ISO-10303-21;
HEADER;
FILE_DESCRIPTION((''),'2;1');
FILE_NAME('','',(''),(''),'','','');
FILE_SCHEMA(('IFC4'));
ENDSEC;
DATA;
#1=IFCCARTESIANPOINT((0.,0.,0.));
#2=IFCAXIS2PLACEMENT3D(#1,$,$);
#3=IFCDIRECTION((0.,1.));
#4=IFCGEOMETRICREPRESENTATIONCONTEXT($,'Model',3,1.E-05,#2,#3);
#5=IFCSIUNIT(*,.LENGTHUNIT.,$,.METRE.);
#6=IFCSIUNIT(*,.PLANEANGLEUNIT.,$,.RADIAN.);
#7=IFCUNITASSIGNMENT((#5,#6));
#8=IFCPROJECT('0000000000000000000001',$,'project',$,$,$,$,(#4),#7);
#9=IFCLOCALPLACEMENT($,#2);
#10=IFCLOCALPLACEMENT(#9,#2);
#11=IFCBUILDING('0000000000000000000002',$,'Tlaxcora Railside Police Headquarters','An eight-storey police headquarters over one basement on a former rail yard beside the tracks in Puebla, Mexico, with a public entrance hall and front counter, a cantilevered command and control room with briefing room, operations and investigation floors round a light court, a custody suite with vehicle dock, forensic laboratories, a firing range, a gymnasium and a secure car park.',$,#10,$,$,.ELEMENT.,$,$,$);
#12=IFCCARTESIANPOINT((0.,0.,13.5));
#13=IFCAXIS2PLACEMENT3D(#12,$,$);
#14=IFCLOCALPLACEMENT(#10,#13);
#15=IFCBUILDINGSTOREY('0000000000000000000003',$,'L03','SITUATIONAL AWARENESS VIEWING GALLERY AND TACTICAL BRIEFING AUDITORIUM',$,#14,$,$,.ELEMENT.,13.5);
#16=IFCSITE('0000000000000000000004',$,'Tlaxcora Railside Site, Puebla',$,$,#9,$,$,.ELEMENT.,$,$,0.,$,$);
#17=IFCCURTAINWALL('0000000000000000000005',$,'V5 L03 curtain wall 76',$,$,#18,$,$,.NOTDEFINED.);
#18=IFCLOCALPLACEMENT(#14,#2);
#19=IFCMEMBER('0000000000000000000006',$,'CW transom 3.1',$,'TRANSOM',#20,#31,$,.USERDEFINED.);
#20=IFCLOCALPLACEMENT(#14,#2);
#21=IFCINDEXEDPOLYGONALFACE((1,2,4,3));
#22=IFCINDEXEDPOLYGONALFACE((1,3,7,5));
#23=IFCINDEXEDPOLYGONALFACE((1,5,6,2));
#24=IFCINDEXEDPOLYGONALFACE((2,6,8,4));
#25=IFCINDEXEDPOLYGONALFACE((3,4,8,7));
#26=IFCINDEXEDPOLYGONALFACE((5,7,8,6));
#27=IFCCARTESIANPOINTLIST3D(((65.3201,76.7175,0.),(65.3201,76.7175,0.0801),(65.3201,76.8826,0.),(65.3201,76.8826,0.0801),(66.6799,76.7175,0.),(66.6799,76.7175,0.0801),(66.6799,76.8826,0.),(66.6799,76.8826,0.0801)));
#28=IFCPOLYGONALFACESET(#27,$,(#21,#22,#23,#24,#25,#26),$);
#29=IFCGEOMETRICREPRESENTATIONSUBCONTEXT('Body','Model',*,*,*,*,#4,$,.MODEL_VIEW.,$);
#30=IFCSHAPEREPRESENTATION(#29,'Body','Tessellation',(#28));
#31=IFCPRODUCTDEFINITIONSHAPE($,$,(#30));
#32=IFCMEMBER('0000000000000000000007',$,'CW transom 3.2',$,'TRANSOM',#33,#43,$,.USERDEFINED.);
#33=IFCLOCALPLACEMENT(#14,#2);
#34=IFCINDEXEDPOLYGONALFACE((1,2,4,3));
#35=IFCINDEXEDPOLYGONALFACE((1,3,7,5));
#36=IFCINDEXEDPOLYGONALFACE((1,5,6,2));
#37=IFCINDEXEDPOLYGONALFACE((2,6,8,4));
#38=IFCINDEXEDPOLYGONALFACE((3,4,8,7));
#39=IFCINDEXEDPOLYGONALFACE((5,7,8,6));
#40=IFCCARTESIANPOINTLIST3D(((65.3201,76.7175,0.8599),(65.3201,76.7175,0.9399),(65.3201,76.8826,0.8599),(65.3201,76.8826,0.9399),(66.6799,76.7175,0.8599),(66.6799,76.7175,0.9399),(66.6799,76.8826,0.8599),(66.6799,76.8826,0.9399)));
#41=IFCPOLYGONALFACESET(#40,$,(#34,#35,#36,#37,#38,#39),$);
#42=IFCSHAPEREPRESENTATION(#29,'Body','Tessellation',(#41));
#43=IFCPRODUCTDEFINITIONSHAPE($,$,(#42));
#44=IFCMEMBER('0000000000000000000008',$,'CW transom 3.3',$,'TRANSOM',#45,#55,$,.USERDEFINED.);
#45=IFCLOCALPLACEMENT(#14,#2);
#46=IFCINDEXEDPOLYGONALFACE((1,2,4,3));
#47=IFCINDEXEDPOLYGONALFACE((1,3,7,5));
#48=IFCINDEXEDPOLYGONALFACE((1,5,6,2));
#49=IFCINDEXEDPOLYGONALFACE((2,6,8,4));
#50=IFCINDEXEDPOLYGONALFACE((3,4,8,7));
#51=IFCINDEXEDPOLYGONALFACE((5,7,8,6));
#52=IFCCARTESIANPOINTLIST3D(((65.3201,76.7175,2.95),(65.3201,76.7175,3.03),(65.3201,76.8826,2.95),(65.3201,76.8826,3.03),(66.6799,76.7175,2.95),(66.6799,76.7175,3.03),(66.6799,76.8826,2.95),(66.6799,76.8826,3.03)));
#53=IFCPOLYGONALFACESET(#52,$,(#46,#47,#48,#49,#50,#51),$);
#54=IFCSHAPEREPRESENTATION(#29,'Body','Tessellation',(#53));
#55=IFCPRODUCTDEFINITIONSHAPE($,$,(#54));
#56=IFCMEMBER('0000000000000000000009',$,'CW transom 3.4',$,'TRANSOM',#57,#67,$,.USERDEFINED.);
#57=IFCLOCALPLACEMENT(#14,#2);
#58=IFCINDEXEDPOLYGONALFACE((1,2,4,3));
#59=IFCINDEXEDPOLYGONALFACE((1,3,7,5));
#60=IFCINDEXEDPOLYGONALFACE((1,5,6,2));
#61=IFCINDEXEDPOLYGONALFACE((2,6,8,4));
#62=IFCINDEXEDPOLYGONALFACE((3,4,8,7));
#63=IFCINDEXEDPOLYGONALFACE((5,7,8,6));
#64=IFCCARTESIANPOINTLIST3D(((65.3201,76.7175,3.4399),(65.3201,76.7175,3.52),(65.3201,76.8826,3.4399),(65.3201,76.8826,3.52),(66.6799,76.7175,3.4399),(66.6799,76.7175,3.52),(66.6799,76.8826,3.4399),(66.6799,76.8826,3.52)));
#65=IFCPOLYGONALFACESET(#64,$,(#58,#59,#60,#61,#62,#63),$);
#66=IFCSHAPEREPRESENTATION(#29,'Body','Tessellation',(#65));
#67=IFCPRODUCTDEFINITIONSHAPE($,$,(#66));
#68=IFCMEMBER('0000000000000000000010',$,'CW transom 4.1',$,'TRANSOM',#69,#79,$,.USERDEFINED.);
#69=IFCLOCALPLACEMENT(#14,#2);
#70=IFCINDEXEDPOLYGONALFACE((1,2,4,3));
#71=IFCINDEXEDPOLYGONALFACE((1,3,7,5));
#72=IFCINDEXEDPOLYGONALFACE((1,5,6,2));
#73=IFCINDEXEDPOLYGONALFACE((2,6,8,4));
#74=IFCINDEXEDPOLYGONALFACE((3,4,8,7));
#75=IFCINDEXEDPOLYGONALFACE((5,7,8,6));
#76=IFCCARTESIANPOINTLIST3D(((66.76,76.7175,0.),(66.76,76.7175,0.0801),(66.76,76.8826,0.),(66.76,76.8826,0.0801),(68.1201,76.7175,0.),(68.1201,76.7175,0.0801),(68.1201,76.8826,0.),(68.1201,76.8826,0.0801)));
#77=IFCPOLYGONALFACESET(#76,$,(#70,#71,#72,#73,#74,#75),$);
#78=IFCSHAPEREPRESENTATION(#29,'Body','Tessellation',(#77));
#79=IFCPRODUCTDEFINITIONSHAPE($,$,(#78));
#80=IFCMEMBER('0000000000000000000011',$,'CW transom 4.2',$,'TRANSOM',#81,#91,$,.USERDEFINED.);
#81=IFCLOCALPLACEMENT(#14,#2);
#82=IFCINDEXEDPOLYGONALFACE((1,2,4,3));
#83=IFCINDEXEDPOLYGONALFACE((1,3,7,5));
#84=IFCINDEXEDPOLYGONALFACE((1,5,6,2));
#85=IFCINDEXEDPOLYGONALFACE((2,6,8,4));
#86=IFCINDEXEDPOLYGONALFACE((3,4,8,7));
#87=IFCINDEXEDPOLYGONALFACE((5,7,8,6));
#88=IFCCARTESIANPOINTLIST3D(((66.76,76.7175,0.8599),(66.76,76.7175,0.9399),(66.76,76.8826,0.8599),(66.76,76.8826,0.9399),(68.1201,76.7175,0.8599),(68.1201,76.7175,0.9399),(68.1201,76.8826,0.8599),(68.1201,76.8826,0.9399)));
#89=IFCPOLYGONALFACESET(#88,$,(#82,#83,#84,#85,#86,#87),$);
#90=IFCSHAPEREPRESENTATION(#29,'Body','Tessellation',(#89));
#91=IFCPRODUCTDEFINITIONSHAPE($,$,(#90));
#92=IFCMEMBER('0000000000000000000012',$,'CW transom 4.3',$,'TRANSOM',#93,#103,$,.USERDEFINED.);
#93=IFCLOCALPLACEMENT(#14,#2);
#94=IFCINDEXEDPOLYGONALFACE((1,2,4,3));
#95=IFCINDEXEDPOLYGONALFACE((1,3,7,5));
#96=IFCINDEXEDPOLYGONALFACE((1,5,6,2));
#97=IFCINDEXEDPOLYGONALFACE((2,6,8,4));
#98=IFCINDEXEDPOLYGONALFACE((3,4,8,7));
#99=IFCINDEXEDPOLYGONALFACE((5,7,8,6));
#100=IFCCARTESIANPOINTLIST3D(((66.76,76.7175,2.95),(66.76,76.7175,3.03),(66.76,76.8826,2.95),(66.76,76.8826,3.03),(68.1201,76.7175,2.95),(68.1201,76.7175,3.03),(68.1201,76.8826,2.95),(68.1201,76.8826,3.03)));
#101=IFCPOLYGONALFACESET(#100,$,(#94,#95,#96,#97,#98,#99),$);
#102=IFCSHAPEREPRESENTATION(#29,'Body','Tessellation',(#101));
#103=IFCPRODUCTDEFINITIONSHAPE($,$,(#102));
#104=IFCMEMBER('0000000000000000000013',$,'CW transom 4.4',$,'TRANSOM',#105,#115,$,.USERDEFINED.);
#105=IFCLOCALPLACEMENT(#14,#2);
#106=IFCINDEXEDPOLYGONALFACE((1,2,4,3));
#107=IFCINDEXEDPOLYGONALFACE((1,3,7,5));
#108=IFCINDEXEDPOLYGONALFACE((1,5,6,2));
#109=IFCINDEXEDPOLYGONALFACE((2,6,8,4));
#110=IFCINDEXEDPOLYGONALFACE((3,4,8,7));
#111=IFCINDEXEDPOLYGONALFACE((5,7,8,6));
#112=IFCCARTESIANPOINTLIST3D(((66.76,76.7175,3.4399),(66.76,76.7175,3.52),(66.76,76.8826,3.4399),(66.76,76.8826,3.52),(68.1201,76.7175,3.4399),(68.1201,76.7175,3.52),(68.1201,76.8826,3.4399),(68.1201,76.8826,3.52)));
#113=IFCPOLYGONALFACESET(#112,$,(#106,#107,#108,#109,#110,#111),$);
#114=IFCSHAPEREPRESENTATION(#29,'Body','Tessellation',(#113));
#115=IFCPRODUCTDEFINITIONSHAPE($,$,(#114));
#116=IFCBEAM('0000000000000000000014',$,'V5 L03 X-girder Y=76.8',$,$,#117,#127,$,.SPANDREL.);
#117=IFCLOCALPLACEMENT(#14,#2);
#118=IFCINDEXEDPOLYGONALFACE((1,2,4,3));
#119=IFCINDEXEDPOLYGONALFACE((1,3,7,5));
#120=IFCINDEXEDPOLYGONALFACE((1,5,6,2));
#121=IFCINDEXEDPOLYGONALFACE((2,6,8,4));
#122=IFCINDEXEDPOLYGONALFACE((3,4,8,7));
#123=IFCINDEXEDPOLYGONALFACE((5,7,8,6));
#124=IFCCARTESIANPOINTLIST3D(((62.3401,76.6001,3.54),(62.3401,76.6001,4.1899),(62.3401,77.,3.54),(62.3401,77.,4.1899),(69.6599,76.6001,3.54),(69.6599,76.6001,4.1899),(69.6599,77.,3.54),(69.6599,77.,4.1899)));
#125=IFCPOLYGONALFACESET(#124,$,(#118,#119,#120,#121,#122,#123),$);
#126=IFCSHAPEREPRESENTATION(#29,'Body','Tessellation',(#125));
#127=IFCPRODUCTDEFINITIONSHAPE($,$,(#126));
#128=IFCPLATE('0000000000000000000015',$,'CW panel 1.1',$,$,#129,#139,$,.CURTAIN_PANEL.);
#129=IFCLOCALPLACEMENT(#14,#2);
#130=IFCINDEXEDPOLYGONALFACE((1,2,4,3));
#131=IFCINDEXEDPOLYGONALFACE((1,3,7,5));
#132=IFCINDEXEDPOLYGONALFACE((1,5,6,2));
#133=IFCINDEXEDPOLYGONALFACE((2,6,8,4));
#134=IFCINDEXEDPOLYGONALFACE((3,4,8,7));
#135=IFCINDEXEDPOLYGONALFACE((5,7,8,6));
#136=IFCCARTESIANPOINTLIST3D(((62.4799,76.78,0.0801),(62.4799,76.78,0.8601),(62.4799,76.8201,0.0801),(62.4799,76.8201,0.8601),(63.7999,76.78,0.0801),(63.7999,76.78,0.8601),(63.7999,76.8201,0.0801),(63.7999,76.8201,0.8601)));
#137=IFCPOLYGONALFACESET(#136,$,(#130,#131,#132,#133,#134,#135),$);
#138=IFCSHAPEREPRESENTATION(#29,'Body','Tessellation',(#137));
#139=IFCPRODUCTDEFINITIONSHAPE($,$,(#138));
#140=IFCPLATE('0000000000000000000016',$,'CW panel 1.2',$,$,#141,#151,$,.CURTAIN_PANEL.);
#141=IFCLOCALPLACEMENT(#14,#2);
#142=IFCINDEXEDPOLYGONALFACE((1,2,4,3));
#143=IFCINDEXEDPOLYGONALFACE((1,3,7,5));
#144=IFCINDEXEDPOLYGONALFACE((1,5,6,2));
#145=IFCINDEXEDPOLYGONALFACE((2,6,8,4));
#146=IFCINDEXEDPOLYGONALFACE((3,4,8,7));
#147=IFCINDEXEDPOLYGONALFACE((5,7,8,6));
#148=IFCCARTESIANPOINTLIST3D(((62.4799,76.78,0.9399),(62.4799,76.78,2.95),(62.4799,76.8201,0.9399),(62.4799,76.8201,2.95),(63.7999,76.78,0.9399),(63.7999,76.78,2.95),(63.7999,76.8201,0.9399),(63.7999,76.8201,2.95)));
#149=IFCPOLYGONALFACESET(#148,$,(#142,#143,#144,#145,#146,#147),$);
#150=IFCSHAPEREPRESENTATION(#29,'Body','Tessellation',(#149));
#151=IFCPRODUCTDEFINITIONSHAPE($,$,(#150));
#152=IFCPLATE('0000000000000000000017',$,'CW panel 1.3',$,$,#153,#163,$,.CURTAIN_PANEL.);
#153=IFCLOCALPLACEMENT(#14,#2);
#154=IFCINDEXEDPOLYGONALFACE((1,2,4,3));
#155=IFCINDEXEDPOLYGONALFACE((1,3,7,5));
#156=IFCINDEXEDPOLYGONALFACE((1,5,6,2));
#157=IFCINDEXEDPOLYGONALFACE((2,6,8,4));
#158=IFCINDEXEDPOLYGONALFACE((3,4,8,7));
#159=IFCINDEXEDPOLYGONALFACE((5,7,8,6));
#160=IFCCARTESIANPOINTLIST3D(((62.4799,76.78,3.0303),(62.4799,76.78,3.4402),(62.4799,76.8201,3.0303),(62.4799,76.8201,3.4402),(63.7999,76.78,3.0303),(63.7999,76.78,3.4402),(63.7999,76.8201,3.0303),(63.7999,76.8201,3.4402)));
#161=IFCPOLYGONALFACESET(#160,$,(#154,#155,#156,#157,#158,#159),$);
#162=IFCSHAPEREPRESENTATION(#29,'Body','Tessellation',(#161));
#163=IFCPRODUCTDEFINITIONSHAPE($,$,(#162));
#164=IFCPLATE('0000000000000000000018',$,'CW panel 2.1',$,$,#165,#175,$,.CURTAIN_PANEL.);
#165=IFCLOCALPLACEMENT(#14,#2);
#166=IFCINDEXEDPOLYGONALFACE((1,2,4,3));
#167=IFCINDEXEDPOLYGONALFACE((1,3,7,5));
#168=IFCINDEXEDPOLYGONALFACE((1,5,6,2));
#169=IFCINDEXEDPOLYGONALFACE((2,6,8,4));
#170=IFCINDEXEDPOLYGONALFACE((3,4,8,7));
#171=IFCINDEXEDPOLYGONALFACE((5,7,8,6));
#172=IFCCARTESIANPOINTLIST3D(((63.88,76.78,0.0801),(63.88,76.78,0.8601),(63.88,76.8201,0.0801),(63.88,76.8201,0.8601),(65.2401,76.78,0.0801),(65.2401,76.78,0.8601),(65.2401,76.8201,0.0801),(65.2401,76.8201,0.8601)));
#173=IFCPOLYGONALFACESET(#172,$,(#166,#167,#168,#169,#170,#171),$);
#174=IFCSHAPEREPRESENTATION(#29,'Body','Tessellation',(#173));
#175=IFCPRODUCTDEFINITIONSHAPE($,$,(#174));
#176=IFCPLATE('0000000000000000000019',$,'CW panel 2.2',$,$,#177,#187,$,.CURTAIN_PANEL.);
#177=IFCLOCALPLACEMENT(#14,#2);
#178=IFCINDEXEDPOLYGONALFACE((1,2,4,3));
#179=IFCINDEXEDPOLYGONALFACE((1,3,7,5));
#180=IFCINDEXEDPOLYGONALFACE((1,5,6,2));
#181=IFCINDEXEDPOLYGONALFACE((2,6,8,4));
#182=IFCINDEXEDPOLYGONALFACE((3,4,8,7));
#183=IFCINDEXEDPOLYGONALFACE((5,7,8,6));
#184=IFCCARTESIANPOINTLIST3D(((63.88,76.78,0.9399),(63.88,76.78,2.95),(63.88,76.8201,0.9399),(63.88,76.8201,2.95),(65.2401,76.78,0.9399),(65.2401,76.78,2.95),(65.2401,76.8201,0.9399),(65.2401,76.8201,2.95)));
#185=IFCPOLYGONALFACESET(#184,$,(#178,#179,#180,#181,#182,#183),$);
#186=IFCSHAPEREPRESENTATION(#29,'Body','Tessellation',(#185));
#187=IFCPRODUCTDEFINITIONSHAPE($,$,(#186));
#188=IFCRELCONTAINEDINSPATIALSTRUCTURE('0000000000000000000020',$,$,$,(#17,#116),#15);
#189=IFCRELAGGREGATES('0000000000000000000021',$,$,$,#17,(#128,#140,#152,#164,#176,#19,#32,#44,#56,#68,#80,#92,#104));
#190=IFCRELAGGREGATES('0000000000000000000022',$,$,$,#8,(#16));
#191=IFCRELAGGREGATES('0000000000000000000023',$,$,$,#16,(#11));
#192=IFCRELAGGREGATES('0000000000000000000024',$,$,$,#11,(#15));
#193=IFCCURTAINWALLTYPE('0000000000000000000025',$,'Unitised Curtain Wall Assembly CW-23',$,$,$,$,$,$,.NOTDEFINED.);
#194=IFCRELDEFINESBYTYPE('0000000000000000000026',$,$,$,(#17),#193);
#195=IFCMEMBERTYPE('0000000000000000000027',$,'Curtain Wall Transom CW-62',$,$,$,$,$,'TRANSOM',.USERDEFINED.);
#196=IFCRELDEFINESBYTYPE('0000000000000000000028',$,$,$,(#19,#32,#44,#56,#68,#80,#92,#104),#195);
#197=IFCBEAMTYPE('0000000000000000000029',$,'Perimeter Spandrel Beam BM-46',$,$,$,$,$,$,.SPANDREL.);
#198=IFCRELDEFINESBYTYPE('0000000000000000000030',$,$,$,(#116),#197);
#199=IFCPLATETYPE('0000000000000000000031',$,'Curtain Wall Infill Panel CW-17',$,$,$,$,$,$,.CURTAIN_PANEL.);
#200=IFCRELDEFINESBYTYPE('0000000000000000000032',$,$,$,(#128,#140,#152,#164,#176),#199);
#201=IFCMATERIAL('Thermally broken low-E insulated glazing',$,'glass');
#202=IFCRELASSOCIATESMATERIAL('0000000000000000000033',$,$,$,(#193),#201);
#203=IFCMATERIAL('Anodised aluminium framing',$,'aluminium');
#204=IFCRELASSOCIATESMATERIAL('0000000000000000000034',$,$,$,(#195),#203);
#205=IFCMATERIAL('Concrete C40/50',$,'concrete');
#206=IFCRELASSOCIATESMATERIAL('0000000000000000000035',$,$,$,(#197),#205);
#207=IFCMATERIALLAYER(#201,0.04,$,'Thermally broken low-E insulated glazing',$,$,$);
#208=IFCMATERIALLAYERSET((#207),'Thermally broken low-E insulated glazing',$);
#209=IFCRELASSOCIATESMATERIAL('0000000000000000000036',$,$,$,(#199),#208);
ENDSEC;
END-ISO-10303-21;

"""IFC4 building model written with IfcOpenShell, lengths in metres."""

from ifc_helpers import new_model, si_unit, direction, frame, origin, origin_2d, place, context, subcontext, project, spatial, rectangle, extrude, material, layer, layer_set, material_profile, profile_set, type_object, element, aggregate, save


model = new_model("IFC4")

# Units and contexts
model_context = context("Model", 3, precision=1e-05, world=origin(), true_north=direction((0.0, 1.0)))
body_context = subcontext(model_context, "Body", "Model", "MODEL_VIEW")
ifc_project = project(units=[si_unit("LENGTHUNIT", "METRE"), si_unit("PLANEANGLEUNIT", "RADIAN")], contexts=[model_context])

# Site, building, storey
site_placement = place(None, origin())
site = spatial("IfcSite", under=ifc_project, at=site_placement, Name="Tlaxcora Railside Site, Puebla", CompositionType="ELEMENT", RefElevation=0.0)
building_placement = place(site_placement, origin())
building = spatial("IfcBuilding", under=site, at=building_placement, Name="Tlaxcora Railside Police Headquarters", Description="An eight-storey police headquarters over one basement on a former rail yard beside the tracks in Puebla, Mexico, with a public entrance hall and front counter, a cantilevered command and control room with briefing room, operations and investigation floors round a light court, a custody suite with vehicle dock, forensic laboratories, a firing range, a gymnasium and a secure car park.", CompositionType="ELEMENT")
storey_placement = place(building_placement, frame((0.0, 0.0, 13.5)))
storey = spatial("IfcBuildingStorey", under=building, at=storey_placement, Name="L03", Description="SITUATIONAL AWARENESS VIEWING GALLERY AND TACTICAL BRIEFING AUDITORIUM", CompositionType="ELEMENT", Elevation=13.5)

# Shared definitions
ifc_material_1 = material(Name="Concrete C40/50", Category="concrete")

# Curtain wall
ifc_material_2 = material(Name="Thermally broken low-E insulated glazing", Category="glass")
curtain_wall_type_1 = type_object("IfcCurtainWallType", Name="Unitised Curtain Wall Assembly CW-23", PredefinedType="NOTDEFINED", material=ifc_material_2)
curtain_wall_1_placement = place(storey_placement, origin())
curtain_wall_1 = element("IfcCurtainWall", 1, at=curtain_wall_1_placement, inside=storey, type_object=curtain_wall_type_1, Name="V5 L03 curtain wall 76", PredefinedType="NOTDEFINED")
ifc_material_3 = material(Name="Anodised aluminium framing", Category="aluminium")

# Members
ifc_material_profile_1 = material_profile(ifc_material_3, rectangle(XDim=0.165, YDim=0.0801, at=origin_2d()), Name="AL80X165")
ifc_profile_set_1 = profile_set([ifc_material_profile_1], Name="Anodised aluminium framing")
member_type_1 = type_object("IfcMemberType", Name="Curtain Wall Transom CW-62", ElementType="TRANSOM", PredefinedType="USERDEFINED", material=ifc_profile_set_1)
member_1_placement = place(storey_placement, frame((65.3201, 76.8, 0.04), z_axis=(1.0, 0.0, 0.0), x_axis=(0.0, 1.0, 0.0)))
member_1 = element("IfcMember", 2, at=member_1_placement, type_object=member_type_1, Name="CW transom 3.1", ObjectType="TRANSOM", PredefinedType="USERDEFINED", context=body_context, shape_type="SweptSolid", body=[
    extrude(rectangle(XDim=0.165, YDim=0.0801, at=origin_2d()), origin(), (0.0, 0.0, 1.0), 1.3599),
])
member_2_placement = place(storey_placement, frame((65.3201, 76.8, 0.8999), z_axis=(1.0, 0.0, 0.0), x_axis=(0.0, 1.0, 0.0)))
member_2 = element("IfcMember", 3, at=member_2_placement, type_object=member_type_1, Name="CW transom 3.2", ObjectType="TRANSOM", PredefinedType="USERDEFINED", context=body_context, shape_type="SweptSolid", body=[
    extrude(rectangle(XDim=0.165, YDim=0.0801, at=origin_2d()), origin(), (0.0, 0.0, 1.0), 1.3599),
])
member_3_placement = place(storey_placement, frame((65.3201, 76.8, 2.99), z_axis=(1.0, 0.0, 0.0), x_axis=(0.0, 1.0, 0.0)))
member_3 = element("IfcMember", 4, at=member_3_placement, type_object=member_type_1, Name="CW transom 3.3", ObjectType="TRANSOM", PredefinedType="USERDEFINED", context=body_context, shape_type="SweptSolid", body=[
    extrude(rectangle(XDim=0.165, YDim=0.0801, at=origin_2d()), origin(), (0.0, 0.0, 1.0), 1.3599),
])
member_4_placement = place(storey_placement, frame((65.3201, 76.8, 3.48), z_axis=(1.0, 0.0, 0.0), x_axis=(0.0, 1.0, 0.0)))
member_4 = element("IfcMember", 5, at=member_4_placement, type_object=member_type_1, Name="CW transom 3.4", ObjectType="TRANSOM", PredefinedType="USERDEFINED", context=body_context, shape_type="SweptSolid", body=[
    extrude(rectangle(XDim=0.165, YDim=0.0801, at=origin_2d()), origin(), (0.0, 0.0, 1.0), 1.3599),
])
member_5_placement = place(storey_placement, frame((66.76, 76.8, 0.04), z_axis=(1.0, 0.0, 0.0), x_axis=(0.0, 1.0, 0.0)))
member_5 = element("IfcMember", 6, at=member_5_placement, type_object=member_type_1, Name="CW transom 4.1", ObjectType="TRANSOM", PredefinedType="USERDEFINED", context=body_context, shape_type="SweptSolid", body=[
    extrude(rectangle(XDim=0.165, YDim=0.0801, at=origin_2d()), origin(), (0.0, 0.0, 1.0), 1.3601),
])
member_6_placement = place(storey_placement, frame((66.76, 76.8, 0.8999), z_axis=(1.0, 0.0, 0.0), x_axis=(0.0, 1.0, 0.0)))
member_6 = element("IfcMember", 7, at=member_6_placement, type_object=member_type_1, Name="CW transom 4.2", ObjectType="TRANSOM", PredefinedType="USERDEFINED", context=body_context, shape_type="SweptSolid", body=[
    extrude(rectangle(XDim=0.165, YDim=0.0801, at=origin_2d()), origin(), (0.0, 0.0, 1.0), 1.3601),
])
member_7_placement = place(storey_placement, frame((66.76, 76.8, 2.99), z_axis=(1.0, 0.0, 0.0), x_axis=(0.0, 1.0, 0.0)))
member_7 = element("IfcMember", 8, at=member_7_placement, type_object=member_type_1, Name="CW transom 4.3", ObjectType="TRANSOM", PredefinedType="USERDEFINED", context=body_context, shape_type="SweptSolid", body=[
    extrude(rectangle(XDim=0.165, YDim=0.0801, at=origin_2d()), origin(), (0.0, 0.0, 1.0), 1.3601),
])
member_8_placement = place(storey_placement, frame((66.76, 76.8, 3.48), z_axis=(1.0, 0.0, 0.0), x_axis=(0.0, 1.0, 0.0)))
member_8 = element("IfcMember", 9, at=member_8_placement, type_object=member_type_1, Name="CW transom 4.4", ObjectType="TRANSOM", PredefinedType="USERDEFINED", context=body_context, shape_type="SweptSolid", body=[
    extrude(rectangle(XDim=0.165, YDim=0.0801, at=origin_2d()), origin(), (0.0, 0.0, 1.0), 1.3601),
])

# Beam
ifc_material_profile_2 = material_profile(ifc_material_1, rectangle(XDim=0.3999, YDim=0.6499, at=origin_2d()), Name="RC400X650")
ifc_profile_set_2 = profile_set([ifc_material_profile_2], Name="Concrete C40/50")
beam_type = type_object("IfcBeamType", Name="Perimeter Spandrel Beam BM-46", PredefinedType="SPANDREL", material=ifc_profile_set_2)
beam_placement = place(storey_placement, frame((62.3401, 76.8, 3.865), z_axis=(1.0, 0.0, 0.0), x_axis=(0.0, 1.0, 0.0)))
element("IfcBeam", 10, at=beam_placement, inside=storey, type_object=beam_type, Name="V5 L03 X-girder Y=76.8", PredefinedType="SPANDREL", context=body_context, shape_type="SweptSolid", body=[
    extrude(rectangle(XDim=0.3999, YDim=0.6499, at=origin_2d()), origin(), (0.0, 0.0, 1.0), 7.3198),
])

# Plates
ifc_layer_1 = layer(ifc_material_2, 0.04, Name="Thermally broken low-E insulated glazing")
ifc_layer_set_1 = layer_set([ifc_layer_1], Name="Thermally broken low-E insulated glazing")
plate_type = type_object("IfcPlateType", Name="Curtain Wall Infill Panel CW-17", PredefinedType="CURTAIN_PANEL", material=ifc_layer_set_1)
plate_1_placement = place(storey_placement, frame((63.1399, 76.8, 0.0801), z_axis=(0.0, 0.0, 1.0), x_axis=(1.0, 0.0, 0.0)))
plate_1 = element("IfcPlate", 11, at=plate_1_placement, type_object=plate_type, Name="CW panel 1.1", PredefinedType="CURTAIN_PANEL", context=body_context, shape_type="SweptSolid", body=[
    extrude(rectangle(XDim=1.3201, YDim=0.04, at=origin_2d()), origin(), (0.0, 0.0, 1.0), 0.78),
])
plate_2_placement = place(storey_placement, frame((63.1399, 76.8, 0.9399), z_axis=(0.0, 0.0, 1.0), x_axis=(1.0, 0.0, 0.0)))
plate_2 = element("IfcPlate", 12, at=plate_2_placement, type_object=plate_type, Name="CW panel 1.2", PredefinedType="CURTAIN_PANEL", context=body_context, shape_type="SweptSolid", body=[
    extrude(rectangle(XDim=1.3201, YDim=0.04, at=origin_2d()), origin(), (0.0, 0.0, 1.0), 2.01),
])
plate_3_placement = place(storey_placement, frame((63.1399, 76.8, 3.0303), z_axis=(0.0, 0.0, 1.0), x_axis=(1.0, 0.0, 0.0)))
plate_3 = element("IfcPlate", 13, at=plate_3_placement, type_object=plate_type, Name="CW panel 1.3", PredefinedType="CURTAIN_PANEL", context=body_context, shape_type="SweptSolid", body=[
    extrude(rectangle(XDim=1.3201, YDim=0.04, at=origin_2d()), origin(), (0.0, 0.0, 1.0), 0.4099),
])
plate_4_placement = place(storey_placement, frame((64.5601, 76.8, 0.0801), z_axis=(0.0, 0.0, 1.0), x_axis=(1.0, 0.0, 0.0)))
plate_4 = element("IfcPlate", 14, at=plate_4_placement, type_object=plate_type, Name="CW panel 2.1", PredefinedType="CURTAIN_PANEL", context=body_context, shape_type="SweptSolid", body=[
    extrude(rectangle(XDim=1.3601, YDim=0.04, at=origin_2d()), origin(), (0.0, 0.0, 1.0), 0.78),
])
plate_5_placement = place(storey_placement, frame((64.5601, 76.8, 0.9399), z_axis=(0.0, 0.0, 1.0), x_axis=(1.0, 0.0, 0.0)))
plate_5 = element("IfcPlate", 15, at=plate_5_placement, type_object=plate_type, Name="CW panel 2.2", PredefinedType="CURTAIN_PANEL", context=body_context, shape_type="SweptSolid", body=[
    extrude(rectangle(XDim=1.3601, YDim=0.04, at=origin_2d()), origin(), (0.0, 0.0, 1.0), 2.01),
])
aggregate(curtain_wall_1, [plate_1, plate_2, plate_3, plate_4, plate_5, member_1, member_2, member_3, member_4, member_5, member_6, member_7, member_8])

save(model, "model.ifc")
